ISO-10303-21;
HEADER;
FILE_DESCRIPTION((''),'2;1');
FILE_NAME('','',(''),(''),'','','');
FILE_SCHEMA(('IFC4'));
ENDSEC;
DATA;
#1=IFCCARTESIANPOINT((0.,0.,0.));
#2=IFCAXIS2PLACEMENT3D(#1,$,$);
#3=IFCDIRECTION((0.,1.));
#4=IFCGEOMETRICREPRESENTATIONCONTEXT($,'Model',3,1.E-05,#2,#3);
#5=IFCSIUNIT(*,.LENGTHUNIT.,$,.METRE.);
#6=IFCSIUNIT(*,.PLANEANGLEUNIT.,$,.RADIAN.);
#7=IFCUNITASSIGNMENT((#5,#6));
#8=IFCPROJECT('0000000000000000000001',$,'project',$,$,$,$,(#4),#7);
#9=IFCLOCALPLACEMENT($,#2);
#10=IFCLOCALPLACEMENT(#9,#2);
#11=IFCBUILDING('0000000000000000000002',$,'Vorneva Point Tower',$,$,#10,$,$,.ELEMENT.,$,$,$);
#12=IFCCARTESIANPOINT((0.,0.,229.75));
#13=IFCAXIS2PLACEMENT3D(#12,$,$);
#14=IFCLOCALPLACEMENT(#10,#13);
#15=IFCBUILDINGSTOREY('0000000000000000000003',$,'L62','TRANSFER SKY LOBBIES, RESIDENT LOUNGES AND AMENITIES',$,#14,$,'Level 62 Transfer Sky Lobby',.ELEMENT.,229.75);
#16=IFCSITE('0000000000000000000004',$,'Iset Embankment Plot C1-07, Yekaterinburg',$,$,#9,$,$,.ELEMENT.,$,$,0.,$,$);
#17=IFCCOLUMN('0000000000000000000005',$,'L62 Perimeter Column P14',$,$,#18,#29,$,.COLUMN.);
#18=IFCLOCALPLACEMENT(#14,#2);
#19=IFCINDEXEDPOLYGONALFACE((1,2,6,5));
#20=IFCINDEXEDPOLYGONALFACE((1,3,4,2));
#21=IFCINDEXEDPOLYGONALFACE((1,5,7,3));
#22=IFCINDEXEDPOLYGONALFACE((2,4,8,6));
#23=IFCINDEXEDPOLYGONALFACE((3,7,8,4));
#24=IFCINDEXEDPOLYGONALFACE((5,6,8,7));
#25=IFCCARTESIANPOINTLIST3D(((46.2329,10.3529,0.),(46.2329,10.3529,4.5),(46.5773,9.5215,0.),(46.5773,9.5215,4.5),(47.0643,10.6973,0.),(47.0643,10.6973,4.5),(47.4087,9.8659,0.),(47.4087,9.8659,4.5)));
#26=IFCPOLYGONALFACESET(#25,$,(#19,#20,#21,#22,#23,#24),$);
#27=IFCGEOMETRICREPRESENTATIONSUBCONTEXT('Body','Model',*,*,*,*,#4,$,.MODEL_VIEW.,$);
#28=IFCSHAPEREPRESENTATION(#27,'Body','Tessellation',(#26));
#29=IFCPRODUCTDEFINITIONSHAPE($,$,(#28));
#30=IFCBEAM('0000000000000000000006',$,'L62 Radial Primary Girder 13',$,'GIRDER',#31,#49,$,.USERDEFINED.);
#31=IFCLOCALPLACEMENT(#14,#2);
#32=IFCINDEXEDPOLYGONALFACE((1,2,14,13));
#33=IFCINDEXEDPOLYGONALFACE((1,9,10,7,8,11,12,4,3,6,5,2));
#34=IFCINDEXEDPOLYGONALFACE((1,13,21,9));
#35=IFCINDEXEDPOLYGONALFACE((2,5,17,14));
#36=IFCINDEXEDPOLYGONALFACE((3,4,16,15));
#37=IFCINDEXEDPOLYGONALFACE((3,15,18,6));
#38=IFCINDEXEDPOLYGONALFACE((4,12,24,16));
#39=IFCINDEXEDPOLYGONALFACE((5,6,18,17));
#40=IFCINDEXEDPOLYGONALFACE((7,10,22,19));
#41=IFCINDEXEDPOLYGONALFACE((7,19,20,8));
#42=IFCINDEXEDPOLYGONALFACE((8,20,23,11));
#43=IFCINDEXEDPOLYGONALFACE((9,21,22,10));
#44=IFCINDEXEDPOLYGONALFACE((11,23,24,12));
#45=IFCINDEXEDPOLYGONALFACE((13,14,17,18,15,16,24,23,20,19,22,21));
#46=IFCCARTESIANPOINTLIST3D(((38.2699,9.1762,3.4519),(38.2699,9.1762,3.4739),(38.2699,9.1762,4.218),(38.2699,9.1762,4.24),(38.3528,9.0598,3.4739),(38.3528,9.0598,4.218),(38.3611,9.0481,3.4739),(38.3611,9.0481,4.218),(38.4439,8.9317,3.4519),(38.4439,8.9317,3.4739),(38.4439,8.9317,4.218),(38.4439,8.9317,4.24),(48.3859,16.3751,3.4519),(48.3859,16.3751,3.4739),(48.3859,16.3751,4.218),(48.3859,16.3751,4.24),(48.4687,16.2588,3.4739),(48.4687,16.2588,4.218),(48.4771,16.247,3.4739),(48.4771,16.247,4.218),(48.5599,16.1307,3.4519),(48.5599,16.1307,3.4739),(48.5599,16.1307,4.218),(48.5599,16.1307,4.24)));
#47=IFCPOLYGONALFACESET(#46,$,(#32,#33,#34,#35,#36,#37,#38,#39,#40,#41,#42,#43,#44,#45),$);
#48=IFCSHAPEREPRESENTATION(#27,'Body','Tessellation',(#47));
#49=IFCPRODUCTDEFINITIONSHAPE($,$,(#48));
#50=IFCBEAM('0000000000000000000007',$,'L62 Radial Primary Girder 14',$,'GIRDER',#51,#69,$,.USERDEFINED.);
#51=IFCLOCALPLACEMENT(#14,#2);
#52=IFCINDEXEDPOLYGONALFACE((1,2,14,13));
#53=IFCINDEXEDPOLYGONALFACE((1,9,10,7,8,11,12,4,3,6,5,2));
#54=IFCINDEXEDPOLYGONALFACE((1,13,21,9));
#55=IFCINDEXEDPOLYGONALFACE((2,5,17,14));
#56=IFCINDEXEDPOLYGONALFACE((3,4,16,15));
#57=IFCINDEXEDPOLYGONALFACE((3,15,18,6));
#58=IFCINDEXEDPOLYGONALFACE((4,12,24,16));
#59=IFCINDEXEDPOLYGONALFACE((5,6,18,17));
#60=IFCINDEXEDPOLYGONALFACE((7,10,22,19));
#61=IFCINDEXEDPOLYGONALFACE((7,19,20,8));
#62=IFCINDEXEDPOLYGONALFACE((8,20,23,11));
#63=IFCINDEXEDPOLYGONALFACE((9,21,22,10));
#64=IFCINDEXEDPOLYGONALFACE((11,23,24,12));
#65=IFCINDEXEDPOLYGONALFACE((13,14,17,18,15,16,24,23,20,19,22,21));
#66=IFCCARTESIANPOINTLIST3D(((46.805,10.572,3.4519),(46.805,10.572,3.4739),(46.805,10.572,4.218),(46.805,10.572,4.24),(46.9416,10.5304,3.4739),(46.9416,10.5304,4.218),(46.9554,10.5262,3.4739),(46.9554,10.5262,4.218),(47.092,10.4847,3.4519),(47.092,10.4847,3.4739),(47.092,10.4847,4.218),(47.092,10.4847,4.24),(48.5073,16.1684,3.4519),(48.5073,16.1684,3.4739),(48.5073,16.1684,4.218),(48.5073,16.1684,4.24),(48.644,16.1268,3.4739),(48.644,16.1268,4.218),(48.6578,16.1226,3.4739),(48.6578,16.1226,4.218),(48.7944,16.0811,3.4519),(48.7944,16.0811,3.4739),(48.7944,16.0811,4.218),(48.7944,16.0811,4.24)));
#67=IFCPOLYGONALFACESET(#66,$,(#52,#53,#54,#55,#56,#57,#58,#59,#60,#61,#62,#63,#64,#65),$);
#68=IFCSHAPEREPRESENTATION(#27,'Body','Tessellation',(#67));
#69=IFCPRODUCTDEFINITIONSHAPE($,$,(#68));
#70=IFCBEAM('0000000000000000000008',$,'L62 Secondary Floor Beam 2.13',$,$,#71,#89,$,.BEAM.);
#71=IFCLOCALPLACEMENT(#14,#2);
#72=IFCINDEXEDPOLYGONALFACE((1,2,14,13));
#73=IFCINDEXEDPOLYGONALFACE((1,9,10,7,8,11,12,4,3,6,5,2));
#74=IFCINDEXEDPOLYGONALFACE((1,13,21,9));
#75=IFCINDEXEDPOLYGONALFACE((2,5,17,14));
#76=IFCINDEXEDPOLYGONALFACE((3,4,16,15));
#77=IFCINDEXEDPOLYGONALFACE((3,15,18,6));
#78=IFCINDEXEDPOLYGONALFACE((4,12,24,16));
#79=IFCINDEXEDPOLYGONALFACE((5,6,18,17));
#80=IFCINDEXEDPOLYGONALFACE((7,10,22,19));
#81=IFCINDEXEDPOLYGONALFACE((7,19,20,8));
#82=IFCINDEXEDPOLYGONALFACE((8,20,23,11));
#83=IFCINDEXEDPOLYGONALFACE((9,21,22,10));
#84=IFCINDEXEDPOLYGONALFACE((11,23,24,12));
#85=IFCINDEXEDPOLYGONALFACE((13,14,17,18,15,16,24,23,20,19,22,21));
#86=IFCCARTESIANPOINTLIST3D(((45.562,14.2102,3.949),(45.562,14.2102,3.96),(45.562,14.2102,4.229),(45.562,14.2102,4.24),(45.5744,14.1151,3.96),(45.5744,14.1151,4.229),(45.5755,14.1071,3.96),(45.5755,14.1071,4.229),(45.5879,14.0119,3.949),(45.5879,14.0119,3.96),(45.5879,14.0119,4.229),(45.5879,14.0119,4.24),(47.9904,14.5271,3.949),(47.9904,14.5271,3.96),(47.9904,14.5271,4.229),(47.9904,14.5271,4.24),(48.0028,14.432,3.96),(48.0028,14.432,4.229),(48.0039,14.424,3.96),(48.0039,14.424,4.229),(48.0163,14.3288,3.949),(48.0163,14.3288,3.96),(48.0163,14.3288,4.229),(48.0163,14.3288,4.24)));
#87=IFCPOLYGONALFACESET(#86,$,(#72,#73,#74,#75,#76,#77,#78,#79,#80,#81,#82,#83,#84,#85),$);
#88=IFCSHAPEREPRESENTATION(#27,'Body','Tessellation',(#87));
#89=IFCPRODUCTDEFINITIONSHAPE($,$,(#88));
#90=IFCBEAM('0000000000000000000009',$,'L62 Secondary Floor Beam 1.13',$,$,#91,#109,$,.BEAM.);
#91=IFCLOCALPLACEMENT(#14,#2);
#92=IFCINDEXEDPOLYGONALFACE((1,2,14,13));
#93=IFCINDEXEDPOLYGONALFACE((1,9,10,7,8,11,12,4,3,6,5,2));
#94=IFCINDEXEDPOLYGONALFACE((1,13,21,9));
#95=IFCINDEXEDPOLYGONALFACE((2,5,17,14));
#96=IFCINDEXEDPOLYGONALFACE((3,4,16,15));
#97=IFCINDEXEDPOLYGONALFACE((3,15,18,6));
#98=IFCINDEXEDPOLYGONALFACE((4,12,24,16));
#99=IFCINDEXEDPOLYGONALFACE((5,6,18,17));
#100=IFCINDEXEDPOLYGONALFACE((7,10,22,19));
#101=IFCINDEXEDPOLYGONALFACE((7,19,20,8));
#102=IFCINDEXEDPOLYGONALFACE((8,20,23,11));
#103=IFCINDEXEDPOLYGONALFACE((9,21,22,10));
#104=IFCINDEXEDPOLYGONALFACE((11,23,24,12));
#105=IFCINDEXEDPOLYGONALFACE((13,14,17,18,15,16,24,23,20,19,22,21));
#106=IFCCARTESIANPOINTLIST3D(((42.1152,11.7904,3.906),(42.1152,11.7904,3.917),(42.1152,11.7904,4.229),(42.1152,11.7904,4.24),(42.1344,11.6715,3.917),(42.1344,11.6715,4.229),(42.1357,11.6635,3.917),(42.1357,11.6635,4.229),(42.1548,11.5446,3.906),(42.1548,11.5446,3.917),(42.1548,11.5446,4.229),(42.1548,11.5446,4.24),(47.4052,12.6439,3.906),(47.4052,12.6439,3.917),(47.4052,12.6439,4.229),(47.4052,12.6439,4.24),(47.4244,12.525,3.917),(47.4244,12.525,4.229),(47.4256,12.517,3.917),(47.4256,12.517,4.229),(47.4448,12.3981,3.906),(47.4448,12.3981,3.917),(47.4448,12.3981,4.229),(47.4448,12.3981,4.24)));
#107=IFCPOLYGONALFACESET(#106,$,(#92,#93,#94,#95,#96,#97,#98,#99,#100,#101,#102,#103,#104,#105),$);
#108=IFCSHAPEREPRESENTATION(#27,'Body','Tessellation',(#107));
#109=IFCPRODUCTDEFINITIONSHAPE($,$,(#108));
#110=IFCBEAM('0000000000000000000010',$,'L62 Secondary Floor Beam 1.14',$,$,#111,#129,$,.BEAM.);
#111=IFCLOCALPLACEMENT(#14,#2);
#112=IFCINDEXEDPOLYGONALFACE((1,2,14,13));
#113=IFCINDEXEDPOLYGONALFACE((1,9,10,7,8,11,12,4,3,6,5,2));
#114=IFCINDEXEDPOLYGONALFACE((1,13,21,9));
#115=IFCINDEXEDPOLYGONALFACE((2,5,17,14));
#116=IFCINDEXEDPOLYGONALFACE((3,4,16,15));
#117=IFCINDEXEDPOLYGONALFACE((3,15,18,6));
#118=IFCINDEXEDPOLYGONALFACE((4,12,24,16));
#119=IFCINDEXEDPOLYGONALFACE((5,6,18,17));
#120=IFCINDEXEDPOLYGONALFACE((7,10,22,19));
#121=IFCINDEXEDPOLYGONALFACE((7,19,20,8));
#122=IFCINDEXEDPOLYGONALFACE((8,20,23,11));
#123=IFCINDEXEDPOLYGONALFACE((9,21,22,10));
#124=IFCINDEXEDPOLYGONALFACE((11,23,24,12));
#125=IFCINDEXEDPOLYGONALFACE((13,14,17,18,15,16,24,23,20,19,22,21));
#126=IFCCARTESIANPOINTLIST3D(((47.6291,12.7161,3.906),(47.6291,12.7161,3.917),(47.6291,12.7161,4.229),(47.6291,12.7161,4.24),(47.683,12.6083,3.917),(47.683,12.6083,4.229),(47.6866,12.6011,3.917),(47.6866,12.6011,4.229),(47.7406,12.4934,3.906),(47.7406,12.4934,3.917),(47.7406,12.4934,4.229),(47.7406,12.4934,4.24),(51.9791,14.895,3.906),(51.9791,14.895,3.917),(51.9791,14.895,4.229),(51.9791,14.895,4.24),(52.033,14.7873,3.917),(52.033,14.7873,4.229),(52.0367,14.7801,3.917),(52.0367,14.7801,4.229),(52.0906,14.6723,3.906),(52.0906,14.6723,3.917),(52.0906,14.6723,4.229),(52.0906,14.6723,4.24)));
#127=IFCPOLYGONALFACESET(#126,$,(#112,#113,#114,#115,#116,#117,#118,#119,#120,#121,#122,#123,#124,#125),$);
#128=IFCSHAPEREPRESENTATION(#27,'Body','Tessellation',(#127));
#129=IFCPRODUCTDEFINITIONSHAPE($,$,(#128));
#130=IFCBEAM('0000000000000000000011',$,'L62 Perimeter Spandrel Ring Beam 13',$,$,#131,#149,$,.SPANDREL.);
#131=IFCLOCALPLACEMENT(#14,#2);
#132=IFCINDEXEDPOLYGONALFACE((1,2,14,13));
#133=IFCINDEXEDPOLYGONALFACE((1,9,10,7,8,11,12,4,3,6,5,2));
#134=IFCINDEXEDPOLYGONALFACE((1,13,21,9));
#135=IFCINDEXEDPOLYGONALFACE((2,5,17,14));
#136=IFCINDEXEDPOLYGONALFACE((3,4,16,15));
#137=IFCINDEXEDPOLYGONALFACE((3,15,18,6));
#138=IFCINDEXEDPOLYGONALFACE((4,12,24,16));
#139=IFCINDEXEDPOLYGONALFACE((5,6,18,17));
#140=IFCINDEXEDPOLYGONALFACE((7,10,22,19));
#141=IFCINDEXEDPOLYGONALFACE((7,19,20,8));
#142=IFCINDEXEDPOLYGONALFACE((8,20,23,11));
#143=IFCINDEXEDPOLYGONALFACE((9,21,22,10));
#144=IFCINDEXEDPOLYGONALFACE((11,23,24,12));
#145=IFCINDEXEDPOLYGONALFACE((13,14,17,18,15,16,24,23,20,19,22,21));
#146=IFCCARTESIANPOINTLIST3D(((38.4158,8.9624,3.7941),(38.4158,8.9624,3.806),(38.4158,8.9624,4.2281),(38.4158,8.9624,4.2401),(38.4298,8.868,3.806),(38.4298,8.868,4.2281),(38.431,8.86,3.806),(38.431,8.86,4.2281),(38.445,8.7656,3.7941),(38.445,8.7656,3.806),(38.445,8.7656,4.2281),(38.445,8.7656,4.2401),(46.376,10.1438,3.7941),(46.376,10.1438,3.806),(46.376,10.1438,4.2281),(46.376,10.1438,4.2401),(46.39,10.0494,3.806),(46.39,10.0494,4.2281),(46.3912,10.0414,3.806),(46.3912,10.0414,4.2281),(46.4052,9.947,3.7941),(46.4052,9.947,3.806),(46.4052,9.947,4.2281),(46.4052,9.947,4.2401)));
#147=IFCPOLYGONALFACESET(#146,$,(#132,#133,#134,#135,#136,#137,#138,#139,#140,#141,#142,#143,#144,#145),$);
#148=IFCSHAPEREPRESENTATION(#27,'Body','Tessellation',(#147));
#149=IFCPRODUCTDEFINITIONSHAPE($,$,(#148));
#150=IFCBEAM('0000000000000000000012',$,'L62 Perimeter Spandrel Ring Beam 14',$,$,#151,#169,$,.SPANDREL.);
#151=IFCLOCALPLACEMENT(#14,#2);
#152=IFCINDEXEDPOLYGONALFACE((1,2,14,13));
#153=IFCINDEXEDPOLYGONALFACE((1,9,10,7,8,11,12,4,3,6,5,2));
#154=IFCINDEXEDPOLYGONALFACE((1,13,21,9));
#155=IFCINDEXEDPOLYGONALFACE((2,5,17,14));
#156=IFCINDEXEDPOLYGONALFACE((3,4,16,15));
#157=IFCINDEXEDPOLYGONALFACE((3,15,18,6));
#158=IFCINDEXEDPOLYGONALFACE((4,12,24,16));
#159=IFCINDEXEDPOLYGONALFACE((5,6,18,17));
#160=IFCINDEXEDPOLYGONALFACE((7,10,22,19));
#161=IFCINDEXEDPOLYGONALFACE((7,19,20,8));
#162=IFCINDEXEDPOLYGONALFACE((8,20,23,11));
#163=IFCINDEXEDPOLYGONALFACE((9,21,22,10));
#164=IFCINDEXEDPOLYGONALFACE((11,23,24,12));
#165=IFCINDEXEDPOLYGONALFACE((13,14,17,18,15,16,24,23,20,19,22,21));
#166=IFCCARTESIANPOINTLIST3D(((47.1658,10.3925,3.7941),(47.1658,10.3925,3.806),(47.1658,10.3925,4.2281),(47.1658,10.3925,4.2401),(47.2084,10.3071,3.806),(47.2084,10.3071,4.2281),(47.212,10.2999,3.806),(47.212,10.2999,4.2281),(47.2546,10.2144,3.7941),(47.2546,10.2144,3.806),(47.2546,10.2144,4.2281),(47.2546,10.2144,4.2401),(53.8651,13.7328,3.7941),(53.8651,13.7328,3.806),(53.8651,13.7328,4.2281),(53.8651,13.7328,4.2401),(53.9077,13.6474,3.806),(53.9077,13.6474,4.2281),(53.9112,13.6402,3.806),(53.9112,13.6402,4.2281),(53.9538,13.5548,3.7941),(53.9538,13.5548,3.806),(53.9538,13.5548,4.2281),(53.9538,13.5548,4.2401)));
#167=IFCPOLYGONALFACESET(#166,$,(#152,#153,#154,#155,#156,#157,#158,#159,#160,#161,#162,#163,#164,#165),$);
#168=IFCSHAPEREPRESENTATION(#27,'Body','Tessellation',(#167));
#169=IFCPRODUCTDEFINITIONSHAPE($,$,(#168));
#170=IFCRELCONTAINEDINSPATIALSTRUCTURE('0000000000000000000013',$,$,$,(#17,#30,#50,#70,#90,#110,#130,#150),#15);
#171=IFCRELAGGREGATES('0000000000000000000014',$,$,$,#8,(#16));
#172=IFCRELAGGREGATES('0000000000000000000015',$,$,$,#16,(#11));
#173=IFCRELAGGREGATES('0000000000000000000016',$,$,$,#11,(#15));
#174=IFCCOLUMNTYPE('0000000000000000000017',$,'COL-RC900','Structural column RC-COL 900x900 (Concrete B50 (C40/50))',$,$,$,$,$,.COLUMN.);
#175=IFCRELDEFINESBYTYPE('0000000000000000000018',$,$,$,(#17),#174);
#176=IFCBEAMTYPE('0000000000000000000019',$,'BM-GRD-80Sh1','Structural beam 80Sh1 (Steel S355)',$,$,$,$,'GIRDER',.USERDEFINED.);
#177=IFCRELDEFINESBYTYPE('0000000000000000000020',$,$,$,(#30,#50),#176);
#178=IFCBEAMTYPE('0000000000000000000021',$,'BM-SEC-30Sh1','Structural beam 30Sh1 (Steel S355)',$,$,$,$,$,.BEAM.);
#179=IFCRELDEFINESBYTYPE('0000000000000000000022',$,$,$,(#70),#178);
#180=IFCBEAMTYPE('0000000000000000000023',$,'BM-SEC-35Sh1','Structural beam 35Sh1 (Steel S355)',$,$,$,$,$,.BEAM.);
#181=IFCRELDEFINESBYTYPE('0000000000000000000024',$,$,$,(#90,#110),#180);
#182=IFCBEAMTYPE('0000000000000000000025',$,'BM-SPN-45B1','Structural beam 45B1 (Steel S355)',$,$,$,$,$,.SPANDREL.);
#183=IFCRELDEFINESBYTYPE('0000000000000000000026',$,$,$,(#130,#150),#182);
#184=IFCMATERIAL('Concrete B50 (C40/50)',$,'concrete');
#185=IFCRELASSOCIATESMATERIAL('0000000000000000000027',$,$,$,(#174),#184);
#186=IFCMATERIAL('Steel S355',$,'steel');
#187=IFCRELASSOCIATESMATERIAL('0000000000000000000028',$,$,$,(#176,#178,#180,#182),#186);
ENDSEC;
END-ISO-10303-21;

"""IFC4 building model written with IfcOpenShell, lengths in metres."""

from ifc_helpers import new_model, si_unit, direction, frame, origin, origin_2d, place, context, subcontext, project, spatial, rectangle, i_section, extrude, material, material_profile, profile_set, type_object, element, save


model = new_model("IFC4")

# Units and contexts
model_context = context("Model", 3, precision=1e-05, world=origin(), true_north=direction((0.0, 1.0)))
body_context = subcontext(model_context, "Body", "Model", "MODEL_VIEW")
ifc_project = project(units=[si_unit("LENGTHUNIT", "METRE"), si_unit("PLANEANGLEUNIT", "RADIAN")], contexts=[model_context])

# Site, building, storey
site_placement = place(None, origin())
site = spatial("IfcSite", under=ifc_project, at=site_placement, Name="Iset Embankment Plot C1-07, Yekaterinburg", CompositionType="ELEMENT", RefElevation=0.0)
building_placement = place(site_placement, origin())
building = spatial("IfcBuilding", under=site, at=building_placement, Name="Vorneva Point Tower", CompositionType="ELEMENT")
storey_placement = place(building_placement, frame((0.0, 0.0, 229.75)))
storey = spatial("IfcBuildingStorey", under=building, at=storey_placement, Name="L62", Description="TRANSFER SKY LOBBIES, RESIDENT LOUNGES AND AMENITIES", LongName="Level 62 Transfer Sky Lobby", CompositionType="ELEMENT", Elevation=229.75)

# Column
ifc_material_1 = material(Name="Concrete B50 (C40/50)", Category="concrete")
ifc_material_profile_1 = material_profile(ifc_material_1, rectangle(XDim=0.8999, YDim=0.8999, at=origin_2d()), Name="RC-COL 900x900")
ifc_profile_set_1 = profile_set([ifc_material_profile_1], Name="Concrete B50 (C40/50)")
column_type = type_object("IfcColumnType", Name="COL-RC900", Description="Structural column RC-COL 900x900 (Concrete B50 (C40/50))", PredefinedType="COLUMN", material=ifc_profile_set_1)
column_placement = place(storey_placement, frame((46.8208, 10.1094, 0.0), z_axis=(0.0, 0.0, 1.0), x_axis=(0.382683, -0.92388, 0.0)))
element("IfcColumn", 1, at=column_placement, inside=storey, type_object=column_type, Name="L62 Perimeter Column P14", PredefinedType="COLUMN", context=body_context, shape_type="SweptSolid", body=[
    extrude(rectangle(XDim=0.8999, YDim=0.8999, at=origin_2d()), origin(), (0.0, 0.0, 1.0), 4.5),
])

# Beams
ifc_material_2 = material(Name="Steel S355", Category="steel")
ifc_material_profile_2 = material_profile(ifc_material_2, i_section(OverallWidth=0.3, OverallDepth=0.7881, WebThickness=0.0144, FlangeThickness=0.022, at=origin_2d()), Name="80Sh1")
ifc_profile_set_2 = profile_set([ifc_material_profile_2], Name="Steel S355")
beam_type_1 = type_object("IfcBeamType", Name="BM-GRD-80Sh1", Description="Structural beam 80Sh1 (Steel S355)", ElementType="GIRDER", PredefinedType="USERDEFINED", material=ifc_profile_set_2)
beam_1_placement = place(storey_placement, frame((38.3569, 9.054, 3.8459), z_axis=(0.81475, 0.579813, 0.0), x_axis=(-0.579813, 0.81475, 0.0)))
element("IfcBeam", 2, at=beam_1_placement, inside=storey, type_object=beam_type_1, Name="L62 Radial Primary Girder 13", ObjectType="GIRDER", PredefinedType="USERDEFINED", context=body_context, shape_type="SweptSolid", body=[
    extrude(i_section(OverallWidth=0.3, OverallDepth=0.7881, WebThickness=0.0144, FlangeThickness=0.022, at=origin_2d()), origin(), (0.0, 0.0, 1.0), 12.416),
])
beam_2_placement = place(storey_placement, frame((46.9485, 10.5283, 3.8459), z_axis=(0.291025, 0.956715, 0.0), x_axis=(-0.956715, 0.291025, 0.0)))
element("IfcBeam", 3, at=beam_2_placement, inside=storey, type_object=beam_type_1, Name="L62 Radial Primary Girder 14", ObjectType="GIRDER", PredefinedType="USERDEFINED", context=body_context, shape_type="SweptSolid", body=[
    extrude(i_section(OverallWidth=0.3, OverallDepth=0.7881, WebThickness=0.0144, FlangeThickness=0.022, at=origin_2d()), origin(), (0.0, 0.0, 1.0), 5.8496),
])
ifc_material_profile_3 = material_profile(ifc_material_2, i_section(OverallWidth=0.2, OverallDepth=0.291, WebThickness=0.0081, FlangeThickness=0.011, at=origin_2d()), Name="30Sh1")
ifc_profile_set_3 = profile_set([ifc_material_profile_3], Name="Steel S355")
beam_type_2 = type_object("IfcBeamType", Name="BM-SEC-30Sh1", Description="Structural beam 30Sh1 (Steel S355)", PredefinedType="BEAM", material=ifc_profile_set_3)
beam_3_placement = place(storey_placement, frame((45.575, 14.1111, 4.0945), z_axis=(0.991593, 0.129395, 0.0), x_axis=(-0.129395, 0.991593, 0.0)))
element("IfcBeam", 4, at=beam_3_placement, inside=storey, type_object=beam_type_2, Name="L62 Secondary Floor Beam 2.13", PredefinedType="BEAM", context=body_context, shape_type="SweptSolid", body=[
    extrude(i_section(OverallWidth=0.2, OverallDepth=0.291, WebThickness=0.0081, FlangeThickness=0.011, at=origin_2d()), origin(), (0.0, 0.0, 1.0), 2.449),
])
ifc_material_profile_4 = material_profile(ifc_material_2, i_section(OverallWidth=0.249, OverallDepth=0.334, WebThickness=0.0081, FlangeThickness=0.011, at=origin_2d()), Name="35Sh1")
ifc_profile_set_4 = profile_set([ifc_material_profile_4], Name="Steel S355")
beam_type_3 = type_object("IfcBeamType", Name="BM-SEC-35Sh1", Description="Structural beam 35Sh1 (Steel S355)", PredefinedType="BEAM", material=ifc_profile_set_4)
beam_4_placement = place(storey_placement, frame((42.135, 11.6675, 4.073), z_axis=(0.987233, 0.159284, 0.0), x_axis=(-0.159284, 0.987233, 0.0)))
element("IfcBeam", 5, at=beam_4_placement, inside=storey, type_object=beam_type_3, Name="L62 Secondary Floor Beam 1.13", PredefinedType="BEAM", context=body_context, shape_type="SweptSolid", body=[
    extrude(i_section(OverallWidth=0.249, OverallDepth=0.334, WebThickness=0.0081, FlangeThickness=0.011, at=origin_2d()), origin(), (0.0, 0.0, 1.0), 5.3584),
])
beam_5_placement = place(storey_placement, frame((47.6848, 12.6047, 4.073), z_axis=(0.894106, 0.447856, 0.0), x_axis=(-0.447856, 0.894106, 0.0)))
element("IfcBeam", 6, at=beam_5_placement, inside=storey, type_object=beam_type_3, Name="L62 Secondary Floor Beam 1.14", PredefinedType="BEAM", context=body_context, shape_type="SweptSolid", body=[
    extrude(i_section(OverallWidth=0.249, OverallDepth=0.334, WebThickness=0.0081, FlangeThickness=0.011, at=origin_2d()), origin(), (0.0, 0.0, 1.0), 4.8652),
])
ifc_material_profile_5 = material_profile(ifc_material_2, i_section(OverallWidth=0.199, OverallDepth=0.446, WebThickness=0.0081, FlangeThickness=0.012, at=origin_2d()), Name="45B1")
ifc_profile_set_5 = profile_set([ifc_material_profile_5], Name="Steel S355")
beam_type_4 = type_object("IfcBeamType", Name="BM-SPN-45B1", Description="Structural beam 45B1 (Steel S355)", PredefinedType="SPANDREL", material=ifc_profile_set_5)
beam_6_placement = place(storey_placement, frame((38.4304, 8.864, 4.0171), z_axis=(0.989165, 0.146805, 0.0), x_axis=(-0.146805, 0.989165, 0.0)))
element("IfcBeam", 7, at=beam_6_placement, inside=storey, type_object=beam_type_4, Name="L62 Perimeter Spandrel Ring Beam 13", PredefinedType="SPANDREL", context=body_context, shape_type="SweptSolid", body=[
    extrude(i_section(OverallWidth=0.199, OverallDepth=0.446, WebThickness=0.0081, FlangeThickness=0.012, at=origin_2d()), origin(), (0.0, 0.0, 1.0), 8.0474),
])
beam_7_placement = place(storey_placement, frame((47.2102, 10.3035, 4.0171), z_axis=(0.894922, 0.446222, 0.0), x_axis=(-0.446222, 0.894922, 0.0)))
element("IfcBeam", 8, at=beam_7_placement, inside=storey, type_object=beam_type_4, Name="L62 Perimeter Spandrel Ring Beam 14", PredefinedType="SPANDREL", context=body_context, shape_type="SweptSolid", body=[
    extrude(i_section(OverallWidth=0.199, OverallDepth=0.446, WebThickness=0.0081, FlangeThickness=0.012, at=origin_2d()), origin(), (0.0, 0.0, 1.0), 7.4858),
])

save(model, "model.ifc")
